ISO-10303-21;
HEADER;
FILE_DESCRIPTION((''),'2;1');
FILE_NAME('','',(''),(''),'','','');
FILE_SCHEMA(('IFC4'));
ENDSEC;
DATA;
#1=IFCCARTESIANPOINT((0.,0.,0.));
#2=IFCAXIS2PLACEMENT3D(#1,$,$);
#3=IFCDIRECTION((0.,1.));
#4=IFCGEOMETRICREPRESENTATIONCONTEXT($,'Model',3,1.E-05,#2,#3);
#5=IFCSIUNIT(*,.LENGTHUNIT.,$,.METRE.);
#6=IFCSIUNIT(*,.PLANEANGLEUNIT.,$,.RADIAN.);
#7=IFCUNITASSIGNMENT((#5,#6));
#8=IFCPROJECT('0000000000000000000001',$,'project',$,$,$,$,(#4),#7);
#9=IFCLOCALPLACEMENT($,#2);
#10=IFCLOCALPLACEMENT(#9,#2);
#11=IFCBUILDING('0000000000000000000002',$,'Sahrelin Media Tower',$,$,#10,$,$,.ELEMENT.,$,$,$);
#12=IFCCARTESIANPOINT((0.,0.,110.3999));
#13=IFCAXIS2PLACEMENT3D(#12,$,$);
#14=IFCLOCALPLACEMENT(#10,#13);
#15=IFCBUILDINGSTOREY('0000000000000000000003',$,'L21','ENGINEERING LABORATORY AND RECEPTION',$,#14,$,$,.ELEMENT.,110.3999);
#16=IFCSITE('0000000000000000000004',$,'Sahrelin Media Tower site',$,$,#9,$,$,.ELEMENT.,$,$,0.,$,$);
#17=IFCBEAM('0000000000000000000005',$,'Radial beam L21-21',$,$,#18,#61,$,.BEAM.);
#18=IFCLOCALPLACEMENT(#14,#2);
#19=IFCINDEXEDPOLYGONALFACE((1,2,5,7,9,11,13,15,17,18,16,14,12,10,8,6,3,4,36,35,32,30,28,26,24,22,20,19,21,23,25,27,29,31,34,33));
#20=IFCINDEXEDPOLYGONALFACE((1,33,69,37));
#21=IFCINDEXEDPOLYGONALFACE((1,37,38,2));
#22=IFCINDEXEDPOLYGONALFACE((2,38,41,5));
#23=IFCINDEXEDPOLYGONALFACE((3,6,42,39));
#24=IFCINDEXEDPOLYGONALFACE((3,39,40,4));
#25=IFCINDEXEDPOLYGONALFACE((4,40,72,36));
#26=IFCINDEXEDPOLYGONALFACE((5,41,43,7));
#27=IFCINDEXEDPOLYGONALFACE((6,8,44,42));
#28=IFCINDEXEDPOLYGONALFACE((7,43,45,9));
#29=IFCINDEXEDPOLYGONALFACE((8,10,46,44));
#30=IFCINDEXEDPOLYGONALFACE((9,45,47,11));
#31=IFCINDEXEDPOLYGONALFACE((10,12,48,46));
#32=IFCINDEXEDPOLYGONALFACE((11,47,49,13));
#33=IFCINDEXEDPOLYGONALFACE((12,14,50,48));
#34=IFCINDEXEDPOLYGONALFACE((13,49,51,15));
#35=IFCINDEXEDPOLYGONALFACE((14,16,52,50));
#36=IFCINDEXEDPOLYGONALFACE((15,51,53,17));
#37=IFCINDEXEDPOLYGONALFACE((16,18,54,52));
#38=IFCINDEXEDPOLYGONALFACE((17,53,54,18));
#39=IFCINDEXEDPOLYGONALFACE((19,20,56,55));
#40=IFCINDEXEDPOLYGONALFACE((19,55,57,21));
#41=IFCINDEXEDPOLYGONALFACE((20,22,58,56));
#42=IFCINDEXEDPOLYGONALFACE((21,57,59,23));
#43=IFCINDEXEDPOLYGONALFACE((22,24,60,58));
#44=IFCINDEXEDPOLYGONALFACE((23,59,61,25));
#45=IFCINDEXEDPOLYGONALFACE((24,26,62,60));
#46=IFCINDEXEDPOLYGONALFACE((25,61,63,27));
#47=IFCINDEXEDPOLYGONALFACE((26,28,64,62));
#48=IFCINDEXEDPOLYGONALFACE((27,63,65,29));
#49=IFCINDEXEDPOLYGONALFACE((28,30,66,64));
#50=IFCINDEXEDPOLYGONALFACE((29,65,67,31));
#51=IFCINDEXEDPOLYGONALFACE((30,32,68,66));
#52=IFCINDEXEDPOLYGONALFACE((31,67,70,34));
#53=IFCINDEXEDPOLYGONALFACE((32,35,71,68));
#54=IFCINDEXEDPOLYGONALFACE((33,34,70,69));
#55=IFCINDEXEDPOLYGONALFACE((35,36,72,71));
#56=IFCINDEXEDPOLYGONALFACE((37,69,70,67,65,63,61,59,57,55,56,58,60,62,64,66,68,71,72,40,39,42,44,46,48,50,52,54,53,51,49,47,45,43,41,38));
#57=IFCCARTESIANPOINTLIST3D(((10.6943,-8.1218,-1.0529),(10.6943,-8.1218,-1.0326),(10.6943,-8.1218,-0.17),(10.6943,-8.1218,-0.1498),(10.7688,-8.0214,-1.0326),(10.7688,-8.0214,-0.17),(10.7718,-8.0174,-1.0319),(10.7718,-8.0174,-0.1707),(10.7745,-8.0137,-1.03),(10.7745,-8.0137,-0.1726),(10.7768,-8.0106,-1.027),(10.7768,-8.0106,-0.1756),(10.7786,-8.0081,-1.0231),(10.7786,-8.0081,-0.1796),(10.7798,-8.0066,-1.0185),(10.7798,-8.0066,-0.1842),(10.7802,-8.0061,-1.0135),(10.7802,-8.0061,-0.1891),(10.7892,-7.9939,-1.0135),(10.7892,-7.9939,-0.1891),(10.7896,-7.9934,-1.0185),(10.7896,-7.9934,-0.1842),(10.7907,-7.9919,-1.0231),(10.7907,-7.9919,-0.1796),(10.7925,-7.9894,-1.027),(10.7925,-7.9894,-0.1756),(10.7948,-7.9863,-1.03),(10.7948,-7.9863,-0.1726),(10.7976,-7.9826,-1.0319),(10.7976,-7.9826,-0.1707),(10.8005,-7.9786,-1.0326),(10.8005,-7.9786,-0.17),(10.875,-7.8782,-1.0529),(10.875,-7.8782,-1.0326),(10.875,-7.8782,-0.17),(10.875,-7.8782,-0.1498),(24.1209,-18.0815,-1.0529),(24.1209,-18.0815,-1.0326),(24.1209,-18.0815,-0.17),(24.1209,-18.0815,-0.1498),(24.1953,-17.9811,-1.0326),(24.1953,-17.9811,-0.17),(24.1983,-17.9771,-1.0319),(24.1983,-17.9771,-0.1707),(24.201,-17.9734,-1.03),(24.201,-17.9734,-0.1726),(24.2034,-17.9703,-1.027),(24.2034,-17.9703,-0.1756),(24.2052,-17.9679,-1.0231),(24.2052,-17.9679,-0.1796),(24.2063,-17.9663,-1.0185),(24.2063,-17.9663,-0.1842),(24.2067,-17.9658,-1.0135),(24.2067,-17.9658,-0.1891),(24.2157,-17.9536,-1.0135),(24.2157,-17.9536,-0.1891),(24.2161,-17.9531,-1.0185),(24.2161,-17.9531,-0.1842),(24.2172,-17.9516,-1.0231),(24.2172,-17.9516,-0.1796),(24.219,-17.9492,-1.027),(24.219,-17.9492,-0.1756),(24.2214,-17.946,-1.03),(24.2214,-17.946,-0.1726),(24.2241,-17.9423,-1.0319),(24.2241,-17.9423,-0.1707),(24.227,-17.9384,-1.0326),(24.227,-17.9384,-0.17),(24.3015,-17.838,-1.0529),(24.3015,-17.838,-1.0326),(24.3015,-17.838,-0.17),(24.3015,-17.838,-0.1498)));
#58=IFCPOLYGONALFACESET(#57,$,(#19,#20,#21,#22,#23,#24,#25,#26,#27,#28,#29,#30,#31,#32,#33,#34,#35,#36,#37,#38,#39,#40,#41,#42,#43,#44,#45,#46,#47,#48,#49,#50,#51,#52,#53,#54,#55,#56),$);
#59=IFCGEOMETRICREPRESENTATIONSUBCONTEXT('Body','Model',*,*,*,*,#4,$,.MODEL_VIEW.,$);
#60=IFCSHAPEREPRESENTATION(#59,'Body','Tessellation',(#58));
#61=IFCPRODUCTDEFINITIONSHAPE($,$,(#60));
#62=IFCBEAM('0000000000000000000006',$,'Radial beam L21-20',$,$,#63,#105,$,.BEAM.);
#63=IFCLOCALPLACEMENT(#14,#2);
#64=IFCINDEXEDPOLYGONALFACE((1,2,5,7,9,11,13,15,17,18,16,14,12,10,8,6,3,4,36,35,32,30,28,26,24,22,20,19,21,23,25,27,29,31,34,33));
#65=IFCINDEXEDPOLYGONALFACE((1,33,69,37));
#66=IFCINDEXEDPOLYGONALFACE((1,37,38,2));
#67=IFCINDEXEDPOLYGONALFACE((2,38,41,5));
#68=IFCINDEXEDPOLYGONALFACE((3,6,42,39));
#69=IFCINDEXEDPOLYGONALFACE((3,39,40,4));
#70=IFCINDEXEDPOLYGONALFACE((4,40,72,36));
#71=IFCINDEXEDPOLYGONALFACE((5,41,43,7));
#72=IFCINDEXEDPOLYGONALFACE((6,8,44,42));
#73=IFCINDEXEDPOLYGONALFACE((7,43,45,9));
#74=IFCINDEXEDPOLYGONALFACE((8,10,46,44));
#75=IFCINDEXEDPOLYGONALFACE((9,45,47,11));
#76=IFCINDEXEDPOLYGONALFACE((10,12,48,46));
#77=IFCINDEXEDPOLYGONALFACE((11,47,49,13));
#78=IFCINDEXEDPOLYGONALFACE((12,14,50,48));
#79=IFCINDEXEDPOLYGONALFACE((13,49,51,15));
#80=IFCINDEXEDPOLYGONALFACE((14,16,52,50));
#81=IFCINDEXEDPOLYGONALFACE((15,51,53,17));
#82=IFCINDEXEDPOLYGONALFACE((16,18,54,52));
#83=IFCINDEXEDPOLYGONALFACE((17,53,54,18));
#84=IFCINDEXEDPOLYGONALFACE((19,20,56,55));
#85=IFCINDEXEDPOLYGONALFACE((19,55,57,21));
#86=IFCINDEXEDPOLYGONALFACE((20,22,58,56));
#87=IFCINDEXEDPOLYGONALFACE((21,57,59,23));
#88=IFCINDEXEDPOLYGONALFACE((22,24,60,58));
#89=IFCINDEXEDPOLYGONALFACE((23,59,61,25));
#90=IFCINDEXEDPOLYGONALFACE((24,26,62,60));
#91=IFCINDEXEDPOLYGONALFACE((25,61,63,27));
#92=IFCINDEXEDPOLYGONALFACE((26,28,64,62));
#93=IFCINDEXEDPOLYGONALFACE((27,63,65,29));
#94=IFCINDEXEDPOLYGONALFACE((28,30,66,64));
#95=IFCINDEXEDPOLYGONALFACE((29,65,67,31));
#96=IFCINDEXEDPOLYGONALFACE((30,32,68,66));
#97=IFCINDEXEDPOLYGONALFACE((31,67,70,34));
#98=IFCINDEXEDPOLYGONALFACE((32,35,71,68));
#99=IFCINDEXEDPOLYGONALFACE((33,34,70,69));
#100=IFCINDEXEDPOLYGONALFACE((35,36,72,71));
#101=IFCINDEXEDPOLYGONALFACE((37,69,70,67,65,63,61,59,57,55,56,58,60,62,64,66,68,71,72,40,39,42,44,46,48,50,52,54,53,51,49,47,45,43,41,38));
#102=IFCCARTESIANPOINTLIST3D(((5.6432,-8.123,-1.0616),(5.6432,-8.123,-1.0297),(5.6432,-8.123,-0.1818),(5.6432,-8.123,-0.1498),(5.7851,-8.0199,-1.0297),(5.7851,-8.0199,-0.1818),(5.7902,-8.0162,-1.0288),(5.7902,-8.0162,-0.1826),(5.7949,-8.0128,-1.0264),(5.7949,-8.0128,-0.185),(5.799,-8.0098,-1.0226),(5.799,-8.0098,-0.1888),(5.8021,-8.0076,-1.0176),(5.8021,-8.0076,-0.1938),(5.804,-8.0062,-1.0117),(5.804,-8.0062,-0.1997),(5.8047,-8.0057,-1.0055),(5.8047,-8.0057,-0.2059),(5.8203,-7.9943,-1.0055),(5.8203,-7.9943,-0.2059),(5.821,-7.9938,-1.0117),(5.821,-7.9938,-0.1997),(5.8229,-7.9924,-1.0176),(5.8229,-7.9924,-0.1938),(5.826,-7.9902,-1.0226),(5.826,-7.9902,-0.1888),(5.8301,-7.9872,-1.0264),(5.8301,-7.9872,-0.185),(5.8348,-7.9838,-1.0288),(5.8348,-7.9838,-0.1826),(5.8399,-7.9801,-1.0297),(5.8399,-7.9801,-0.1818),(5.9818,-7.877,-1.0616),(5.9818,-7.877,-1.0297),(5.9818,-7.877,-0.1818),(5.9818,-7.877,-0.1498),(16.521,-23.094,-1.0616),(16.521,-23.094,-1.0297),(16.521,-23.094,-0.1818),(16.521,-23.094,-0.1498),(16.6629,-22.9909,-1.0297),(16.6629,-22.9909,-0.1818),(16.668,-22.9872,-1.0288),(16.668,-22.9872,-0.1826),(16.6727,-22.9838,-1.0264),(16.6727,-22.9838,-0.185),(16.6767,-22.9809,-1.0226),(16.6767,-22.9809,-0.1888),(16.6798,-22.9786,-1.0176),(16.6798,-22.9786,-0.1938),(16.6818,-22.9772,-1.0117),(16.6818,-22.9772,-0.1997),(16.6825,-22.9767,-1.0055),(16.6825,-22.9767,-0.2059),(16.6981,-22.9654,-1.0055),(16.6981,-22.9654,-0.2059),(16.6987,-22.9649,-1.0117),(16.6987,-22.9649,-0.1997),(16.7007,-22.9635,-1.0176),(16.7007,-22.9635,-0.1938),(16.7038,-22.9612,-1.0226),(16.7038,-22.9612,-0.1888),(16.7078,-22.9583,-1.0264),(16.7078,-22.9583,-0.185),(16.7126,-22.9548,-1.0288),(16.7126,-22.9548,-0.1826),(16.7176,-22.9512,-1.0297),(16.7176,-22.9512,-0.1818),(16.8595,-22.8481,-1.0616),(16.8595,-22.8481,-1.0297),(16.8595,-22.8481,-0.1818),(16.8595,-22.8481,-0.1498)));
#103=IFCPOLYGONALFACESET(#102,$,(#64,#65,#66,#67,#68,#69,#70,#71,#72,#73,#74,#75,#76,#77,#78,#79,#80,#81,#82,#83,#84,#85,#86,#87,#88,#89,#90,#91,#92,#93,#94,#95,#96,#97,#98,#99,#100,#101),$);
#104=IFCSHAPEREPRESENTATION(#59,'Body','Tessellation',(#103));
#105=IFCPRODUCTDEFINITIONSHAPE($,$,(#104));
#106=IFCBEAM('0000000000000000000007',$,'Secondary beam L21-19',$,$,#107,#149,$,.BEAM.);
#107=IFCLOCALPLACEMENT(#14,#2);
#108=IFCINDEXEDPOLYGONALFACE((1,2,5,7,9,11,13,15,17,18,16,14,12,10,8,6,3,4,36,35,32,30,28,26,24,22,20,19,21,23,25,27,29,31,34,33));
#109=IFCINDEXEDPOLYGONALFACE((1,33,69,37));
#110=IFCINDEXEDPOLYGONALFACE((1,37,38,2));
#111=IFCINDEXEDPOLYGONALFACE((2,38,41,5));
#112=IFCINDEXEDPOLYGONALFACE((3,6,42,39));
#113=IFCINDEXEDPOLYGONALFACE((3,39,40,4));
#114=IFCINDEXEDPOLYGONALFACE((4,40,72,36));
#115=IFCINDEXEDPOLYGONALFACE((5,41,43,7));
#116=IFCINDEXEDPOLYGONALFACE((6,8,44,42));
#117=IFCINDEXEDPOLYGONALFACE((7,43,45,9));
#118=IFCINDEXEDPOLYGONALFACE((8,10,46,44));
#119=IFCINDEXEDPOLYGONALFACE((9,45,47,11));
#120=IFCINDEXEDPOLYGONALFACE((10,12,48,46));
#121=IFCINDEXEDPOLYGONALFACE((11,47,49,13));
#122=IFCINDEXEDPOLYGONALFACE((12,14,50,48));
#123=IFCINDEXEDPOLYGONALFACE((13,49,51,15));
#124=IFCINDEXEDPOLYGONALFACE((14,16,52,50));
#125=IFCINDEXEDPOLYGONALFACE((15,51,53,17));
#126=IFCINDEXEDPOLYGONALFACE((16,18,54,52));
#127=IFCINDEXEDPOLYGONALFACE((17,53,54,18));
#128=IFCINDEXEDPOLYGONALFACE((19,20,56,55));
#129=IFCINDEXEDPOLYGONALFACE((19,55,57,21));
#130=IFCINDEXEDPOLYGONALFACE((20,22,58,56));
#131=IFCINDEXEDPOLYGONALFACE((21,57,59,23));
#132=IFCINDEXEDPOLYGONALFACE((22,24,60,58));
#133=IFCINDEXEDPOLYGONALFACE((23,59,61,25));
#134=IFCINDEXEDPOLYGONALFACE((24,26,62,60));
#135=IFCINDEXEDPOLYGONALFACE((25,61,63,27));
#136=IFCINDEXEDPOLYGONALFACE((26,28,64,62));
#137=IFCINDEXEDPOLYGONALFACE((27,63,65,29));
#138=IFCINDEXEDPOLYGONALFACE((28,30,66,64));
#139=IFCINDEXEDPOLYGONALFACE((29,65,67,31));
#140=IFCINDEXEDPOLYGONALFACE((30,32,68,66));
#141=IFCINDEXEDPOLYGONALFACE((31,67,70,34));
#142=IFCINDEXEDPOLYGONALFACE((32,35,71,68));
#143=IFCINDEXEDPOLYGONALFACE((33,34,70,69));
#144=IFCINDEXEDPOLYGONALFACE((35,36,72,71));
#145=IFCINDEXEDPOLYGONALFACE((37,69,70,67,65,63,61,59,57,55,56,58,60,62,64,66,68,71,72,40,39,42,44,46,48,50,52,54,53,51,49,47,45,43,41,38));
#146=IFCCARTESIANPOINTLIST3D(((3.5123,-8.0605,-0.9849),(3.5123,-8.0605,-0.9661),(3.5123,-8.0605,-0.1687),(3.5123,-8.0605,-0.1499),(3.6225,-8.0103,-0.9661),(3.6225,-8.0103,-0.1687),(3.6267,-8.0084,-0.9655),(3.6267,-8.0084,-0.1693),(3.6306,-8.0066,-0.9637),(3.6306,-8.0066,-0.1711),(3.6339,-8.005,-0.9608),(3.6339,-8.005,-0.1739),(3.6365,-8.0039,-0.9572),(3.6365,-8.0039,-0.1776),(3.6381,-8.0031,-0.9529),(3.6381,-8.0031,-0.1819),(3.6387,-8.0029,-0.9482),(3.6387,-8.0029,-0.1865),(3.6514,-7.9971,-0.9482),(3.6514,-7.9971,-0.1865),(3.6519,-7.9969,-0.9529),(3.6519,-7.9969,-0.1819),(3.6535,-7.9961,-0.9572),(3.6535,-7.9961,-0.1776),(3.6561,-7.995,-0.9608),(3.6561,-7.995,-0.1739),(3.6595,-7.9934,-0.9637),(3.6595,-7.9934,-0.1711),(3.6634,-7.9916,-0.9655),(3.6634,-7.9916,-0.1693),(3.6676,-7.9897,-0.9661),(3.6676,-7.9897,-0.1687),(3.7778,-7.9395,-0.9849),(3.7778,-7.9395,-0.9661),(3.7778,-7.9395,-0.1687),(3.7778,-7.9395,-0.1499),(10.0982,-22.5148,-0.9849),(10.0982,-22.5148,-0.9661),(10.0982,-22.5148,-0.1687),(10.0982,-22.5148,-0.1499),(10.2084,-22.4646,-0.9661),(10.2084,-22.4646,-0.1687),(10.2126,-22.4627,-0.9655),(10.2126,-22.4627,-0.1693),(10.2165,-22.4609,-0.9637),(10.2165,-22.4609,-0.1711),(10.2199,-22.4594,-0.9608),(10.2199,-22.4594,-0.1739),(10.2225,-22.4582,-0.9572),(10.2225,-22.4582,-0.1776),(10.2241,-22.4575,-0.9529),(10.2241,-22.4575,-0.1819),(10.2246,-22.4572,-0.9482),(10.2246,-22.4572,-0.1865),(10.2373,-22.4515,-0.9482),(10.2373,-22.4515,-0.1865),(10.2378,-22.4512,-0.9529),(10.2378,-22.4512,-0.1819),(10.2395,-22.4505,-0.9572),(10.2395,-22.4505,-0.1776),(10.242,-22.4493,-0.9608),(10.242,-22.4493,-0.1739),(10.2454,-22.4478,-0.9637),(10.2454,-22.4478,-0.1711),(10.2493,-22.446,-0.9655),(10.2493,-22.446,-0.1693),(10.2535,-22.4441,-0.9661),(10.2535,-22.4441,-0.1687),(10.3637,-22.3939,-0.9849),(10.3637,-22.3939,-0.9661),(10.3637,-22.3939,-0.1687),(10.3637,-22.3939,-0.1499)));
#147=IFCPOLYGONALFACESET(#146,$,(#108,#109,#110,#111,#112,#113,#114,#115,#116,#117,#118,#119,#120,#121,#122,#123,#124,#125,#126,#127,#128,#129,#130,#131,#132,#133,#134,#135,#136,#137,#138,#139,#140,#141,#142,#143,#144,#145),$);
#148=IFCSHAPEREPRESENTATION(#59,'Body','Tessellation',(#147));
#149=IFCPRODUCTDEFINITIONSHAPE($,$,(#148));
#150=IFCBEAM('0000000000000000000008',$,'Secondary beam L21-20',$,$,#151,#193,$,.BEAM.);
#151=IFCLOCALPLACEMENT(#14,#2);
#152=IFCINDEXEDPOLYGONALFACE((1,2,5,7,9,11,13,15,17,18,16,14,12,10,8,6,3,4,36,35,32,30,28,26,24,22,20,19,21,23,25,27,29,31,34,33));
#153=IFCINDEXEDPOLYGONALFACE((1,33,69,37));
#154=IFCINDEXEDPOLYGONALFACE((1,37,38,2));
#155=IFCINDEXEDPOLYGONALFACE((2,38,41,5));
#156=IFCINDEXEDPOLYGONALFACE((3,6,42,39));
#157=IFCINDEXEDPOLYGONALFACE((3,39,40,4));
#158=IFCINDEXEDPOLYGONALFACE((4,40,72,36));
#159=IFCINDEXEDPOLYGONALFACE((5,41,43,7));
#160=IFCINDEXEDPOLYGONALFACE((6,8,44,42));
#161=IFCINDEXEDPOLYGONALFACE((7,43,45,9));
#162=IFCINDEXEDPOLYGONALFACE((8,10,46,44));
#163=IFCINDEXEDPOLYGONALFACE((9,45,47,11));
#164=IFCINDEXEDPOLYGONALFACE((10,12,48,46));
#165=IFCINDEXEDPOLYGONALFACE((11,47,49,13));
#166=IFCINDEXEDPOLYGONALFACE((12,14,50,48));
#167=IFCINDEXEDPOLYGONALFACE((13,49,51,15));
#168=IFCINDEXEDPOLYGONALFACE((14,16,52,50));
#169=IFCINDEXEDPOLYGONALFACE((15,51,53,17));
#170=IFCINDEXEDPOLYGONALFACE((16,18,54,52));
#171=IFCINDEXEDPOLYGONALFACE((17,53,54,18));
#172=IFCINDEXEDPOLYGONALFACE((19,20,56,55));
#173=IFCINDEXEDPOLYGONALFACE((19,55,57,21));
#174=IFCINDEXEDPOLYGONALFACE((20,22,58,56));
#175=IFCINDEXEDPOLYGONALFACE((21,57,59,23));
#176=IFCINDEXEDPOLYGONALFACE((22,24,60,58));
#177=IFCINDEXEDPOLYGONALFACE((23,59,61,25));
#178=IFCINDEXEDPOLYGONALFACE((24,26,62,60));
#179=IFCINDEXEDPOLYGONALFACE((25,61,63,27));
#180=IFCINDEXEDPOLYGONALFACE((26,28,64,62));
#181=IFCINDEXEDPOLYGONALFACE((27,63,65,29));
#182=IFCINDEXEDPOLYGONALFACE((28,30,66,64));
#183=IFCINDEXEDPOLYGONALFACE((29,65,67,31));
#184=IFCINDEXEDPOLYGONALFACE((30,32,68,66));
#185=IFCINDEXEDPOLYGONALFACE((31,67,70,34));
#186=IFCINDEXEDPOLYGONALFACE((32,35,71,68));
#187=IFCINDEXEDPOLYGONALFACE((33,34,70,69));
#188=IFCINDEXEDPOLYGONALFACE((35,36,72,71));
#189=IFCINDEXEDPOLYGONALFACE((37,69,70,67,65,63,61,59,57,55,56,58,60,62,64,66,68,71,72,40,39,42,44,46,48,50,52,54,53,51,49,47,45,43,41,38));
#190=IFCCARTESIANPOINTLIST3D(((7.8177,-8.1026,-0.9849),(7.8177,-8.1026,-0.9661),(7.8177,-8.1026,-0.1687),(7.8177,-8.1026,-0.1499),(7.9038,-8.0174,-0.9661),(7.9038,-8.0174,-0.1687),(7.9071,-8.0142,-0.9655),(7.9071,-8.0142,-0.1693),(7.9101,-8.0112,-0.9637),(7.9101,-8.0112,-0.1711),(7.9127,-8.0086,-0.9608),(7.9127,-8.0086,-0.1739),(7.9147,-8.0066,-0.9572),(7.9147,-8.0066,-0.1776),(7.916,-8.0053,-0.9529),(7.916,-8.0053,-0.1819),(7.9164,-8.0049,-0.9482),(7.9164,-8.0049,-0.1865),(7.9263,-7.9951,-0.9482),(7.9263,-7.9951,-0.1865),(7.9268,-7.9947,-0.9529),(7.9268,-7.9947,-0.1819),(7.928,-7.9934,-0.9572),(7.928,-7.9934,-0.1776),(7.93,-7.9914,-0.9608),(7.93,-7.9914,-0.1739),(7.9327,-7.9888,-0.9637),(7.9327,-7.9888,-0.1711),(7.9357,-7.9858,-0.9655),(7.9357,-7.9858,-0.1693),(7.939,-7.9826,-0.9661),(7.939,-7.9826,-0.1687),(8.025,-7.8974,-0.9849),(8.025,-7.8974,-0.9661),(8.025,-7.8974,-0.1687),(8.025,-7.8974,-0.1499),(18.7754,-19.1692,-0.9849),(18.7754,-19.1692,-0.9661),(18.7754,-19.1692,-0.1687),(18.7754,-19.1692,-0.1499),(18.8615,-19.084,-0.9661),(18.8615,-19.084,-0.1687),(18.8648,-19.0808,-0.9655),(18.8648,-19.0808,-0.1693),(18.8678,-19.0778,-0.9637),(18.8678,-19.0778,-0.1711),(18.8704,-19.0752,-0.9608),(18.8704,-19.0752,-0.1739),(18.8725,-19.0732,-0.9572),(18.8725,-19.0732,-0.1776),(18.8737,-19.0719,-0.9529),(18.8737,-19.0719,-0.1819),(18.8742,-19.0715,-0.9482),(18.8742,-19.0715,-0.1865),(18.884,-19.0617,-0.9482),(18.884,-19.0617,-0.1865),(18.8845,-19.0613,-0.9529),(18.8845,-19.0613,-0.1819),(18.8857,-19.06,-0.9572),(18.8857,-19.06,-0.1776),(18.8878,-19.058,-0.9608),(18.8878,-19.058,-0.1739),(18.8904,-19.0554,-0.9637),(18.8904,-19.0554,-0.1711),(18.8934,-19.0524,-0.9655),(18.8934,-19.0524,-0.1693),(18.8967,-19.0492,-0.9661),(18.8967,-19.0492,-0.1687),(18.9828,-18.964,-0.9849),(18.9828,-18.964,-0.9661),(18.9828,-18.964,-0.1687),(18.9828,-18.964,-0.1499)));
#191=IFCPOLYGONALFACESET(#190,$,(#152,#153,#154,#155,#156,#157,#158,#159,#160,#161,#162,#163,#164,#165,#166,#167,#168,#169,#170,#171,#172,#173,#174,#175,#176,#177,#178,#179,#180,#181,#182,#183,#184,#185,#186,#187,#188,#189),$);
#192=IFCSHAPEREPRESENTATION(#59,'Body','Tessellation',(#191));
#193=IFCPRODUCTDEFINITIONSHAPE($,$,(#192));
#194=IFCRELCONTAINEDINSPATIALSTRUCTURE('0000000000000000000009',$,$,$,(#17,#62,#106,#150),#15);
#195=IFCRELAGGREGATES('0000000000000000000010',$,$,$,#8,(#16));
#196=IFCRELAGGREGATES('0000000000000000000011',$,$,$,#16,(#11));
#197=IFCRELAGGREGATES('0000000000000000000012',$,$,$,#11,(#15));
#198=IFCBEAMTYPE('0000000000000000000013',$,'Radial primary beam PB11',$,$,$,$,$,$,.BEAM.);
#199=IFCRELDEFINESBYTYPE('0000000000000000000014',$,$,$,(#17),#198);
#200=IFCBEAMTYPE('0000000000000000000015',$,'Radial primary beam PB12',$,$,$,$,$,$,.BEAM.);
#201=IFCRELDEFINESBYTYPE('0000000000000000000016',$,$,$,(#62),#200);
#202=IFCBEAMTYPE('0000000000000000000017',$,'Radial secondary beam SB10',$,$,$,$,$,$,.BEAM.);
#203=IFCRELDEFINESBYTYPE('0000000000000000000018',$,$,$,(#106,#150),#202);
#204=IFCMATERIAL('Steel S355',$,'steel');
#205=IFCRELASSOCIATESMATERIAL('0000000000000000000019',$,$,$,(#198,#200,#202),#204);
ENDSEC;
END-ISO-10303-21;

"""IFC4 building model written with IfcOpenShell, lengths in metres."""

from ifc_helpers import new_model, si_unit, direction, frame, origin, origin_2d, place, context, subcontext, project, spatial, i_section, extrude, material, material_profile, profile_set, type_object, element, save


model = new_model("IFC4")

# Units and contexts
model_context = context("Model", 3, precision=1e-05, world=origin(), true_north=direction((0.0, 1.0)))
body_context = subcontext(model_context, "Body", "Model", "MODEL_VIEW")
ifc_project = project(units=[si_unit("LENGTHUNIT", "METRE"), si_unit("PLANEANGLEUNIT", "RADIAN")], contexts=[model_context])

# Site, building, storey
site_placement = place(None, origin())
site = spatial("IfcSite", under=ifc_project, at=site_placement, Name="Sahrelin Media Tower site", CompositionType="ELEMENT", RefElevation=0.0)
building_placement = place(site_placement, origin())
building = spatial("IfcBuilding", under=site, at=building_placement, Name="Sahrelin Media Tower", CompositionType="ELEMENT")
storey_placement = place(building_placement, frame((0.0, 0.0, 110.3999)))
storey = spatial("IfcBuildingStorey", under=building, at=storey_placement, Name="L21", Description="ENGINEERING LABORATORY AND RECEPTION", CompositionType="ELEMENT", Elevation=110.3999)

# Shared definitions
ifc_material_1 = material(Name="Steel S355", Category="steel")

# Beams
ifc_material_profile_1 = material_profile(ifc_material_1, i_section(OverallWidth=0.3032, OverallDepth=0.9031, WebThickness=0.0151, FlangeThickness=0.0203, FilletRadius=0.019, at=origin_2d()), Name="UB 914x305x201")
ifc_profile_set_1 = profile_set([ifc_material_profile_1], Name="Steel S355")
beam_type_1 = type_object("IfcBeamType", Name="Radial primary beam PB11", PredefinedType="BEAM", material=ifc_profile_set_1)
beam_1_placement = place(storey_placement, frame((10.7847, -8.0, -0.6013), z_axis=(0.803152, -0.595774, 0.0), x_axis=(0.595774, 0.803152, 0.0)))
element("IfcBeam", 1, at=beam_1_placement, inside=storey, type_object=beam_type_1, Name="Radial beam L21-21", PredefinedType="BEAM", context=body_context, shape_type="SweptSolid", body=[
    extrude(i_section(OverallWidth=0.3032, OverallDepth=0.9031, WebThickness=0.0151, FlangeThickness=0.0203, FilletRadius=0.019, at=origin_2d()), origin(), (0.0, 0.0, 1.0), 16.7173),
])
ifc_material_profile_2 = material_profile(ifc_material_1, i_section(OverallWidth=0.4185, OverallDepth=0.9119, WebThickness=0.0193, FlangeThickness=0.032, FilletRadius=0.0242, at=origin_2d()), Name="UB 914x419x343")
ifc_profile_set_2 = profile_set([ifc_material_profile_2], Name="Steel S355")
beam_type_2 = type_object("IfcBeamType", Name="Radial primary beam PB12", PredefinedType="BEAM", material=ifc_profile_set_2)
beam_2_placement = place(storey_placement, frame((5.8125, -8.0, -0.6057), z_axis=(0.587808, -0.809, 0.0), x_axis=(0.809, 0.587808, 0.0)))
element("IfcBeam", 2, at=beam_2_placement, inside=storey, type_object=beam_type_2, Name="Radial beam L21-20", PredefinedType="BEAM", context=body_context, shape_type="SweptSolid", body=[
    extrude(i_section(OverallWidth=0.4185, OverallDepth=0.9119, WebThickness=0.0193, FlangeThickness=0.032, FilletRadius=0.0242, at=origin_2d()), origin(), (0.0, 0.0, 1.0), 18.5056),
])
ifc_material_profile_3 = material_profile(ifc_material_1, i_section(OverallWidth=0.2917, OverallDepth=0.835, WebThickness=0.0139, FlangeThickness=0.0188, FilletRadius=0.0178, at=origin_2d()), Name="UB 838x292x176")
ifc_profile_set_3 = profile_set([ifc_material_profile_3], Name="Steel S355")
beam_type_3 = type_object("IfcBeamType", Name="Radial secondary beam SB10", PredefinedType="BEAM", material=ifc_profile_set_3)
beam_3_placement = place(storey_placement, frame((3.645, -8.0, -0.5674), z_axis=(0.414626, -0.909992, 0.0), x_axis=(0.909992, 0.414626, 0.0)))
element("IfcBeam", 3, at=beam_3_placement, inside=storey, type_object=beam_type_3, Name="Secondary beam L21-19", PredefinedType="BEAM", context=body_context, shape_type="SweptSolid", body=[
    extrude(i_section(OverallWidth=0.2917, OverallDepth=0.835, WebThickness=0.0139, FlangeThickness=0.0188, FilletRadius=0.0178, at=origin_2d()), origin(), (0.0, 0.0, 1.0), 15.884),
])
beam_4_placement = place(storey_placement, frame((7.9214, -8.0, -0.5674), z_axis=(0.703602, -0.710594, 0.0), x_axis=(0.710594, 0.703602, 0.0)))
element("IfcBeam", 4, at=beam_4_placement, inside=storey, type_object=beam_type_3, Name="Secondary beam L21-20", PredefinedType="BEAM", context=body_context, shape_type="SweptSolid", body=[
    extrude(i_section(OverallWidth=0.2917, OverallDepth=0.835, WebThickness=0.0139, FlangeThickness=0.0188, FilletRadius=0.0178, at=origin_2d()), origin(), (0.0, 0.0, 1.0), 15.5737),
])

save(model, "model.ifc")
